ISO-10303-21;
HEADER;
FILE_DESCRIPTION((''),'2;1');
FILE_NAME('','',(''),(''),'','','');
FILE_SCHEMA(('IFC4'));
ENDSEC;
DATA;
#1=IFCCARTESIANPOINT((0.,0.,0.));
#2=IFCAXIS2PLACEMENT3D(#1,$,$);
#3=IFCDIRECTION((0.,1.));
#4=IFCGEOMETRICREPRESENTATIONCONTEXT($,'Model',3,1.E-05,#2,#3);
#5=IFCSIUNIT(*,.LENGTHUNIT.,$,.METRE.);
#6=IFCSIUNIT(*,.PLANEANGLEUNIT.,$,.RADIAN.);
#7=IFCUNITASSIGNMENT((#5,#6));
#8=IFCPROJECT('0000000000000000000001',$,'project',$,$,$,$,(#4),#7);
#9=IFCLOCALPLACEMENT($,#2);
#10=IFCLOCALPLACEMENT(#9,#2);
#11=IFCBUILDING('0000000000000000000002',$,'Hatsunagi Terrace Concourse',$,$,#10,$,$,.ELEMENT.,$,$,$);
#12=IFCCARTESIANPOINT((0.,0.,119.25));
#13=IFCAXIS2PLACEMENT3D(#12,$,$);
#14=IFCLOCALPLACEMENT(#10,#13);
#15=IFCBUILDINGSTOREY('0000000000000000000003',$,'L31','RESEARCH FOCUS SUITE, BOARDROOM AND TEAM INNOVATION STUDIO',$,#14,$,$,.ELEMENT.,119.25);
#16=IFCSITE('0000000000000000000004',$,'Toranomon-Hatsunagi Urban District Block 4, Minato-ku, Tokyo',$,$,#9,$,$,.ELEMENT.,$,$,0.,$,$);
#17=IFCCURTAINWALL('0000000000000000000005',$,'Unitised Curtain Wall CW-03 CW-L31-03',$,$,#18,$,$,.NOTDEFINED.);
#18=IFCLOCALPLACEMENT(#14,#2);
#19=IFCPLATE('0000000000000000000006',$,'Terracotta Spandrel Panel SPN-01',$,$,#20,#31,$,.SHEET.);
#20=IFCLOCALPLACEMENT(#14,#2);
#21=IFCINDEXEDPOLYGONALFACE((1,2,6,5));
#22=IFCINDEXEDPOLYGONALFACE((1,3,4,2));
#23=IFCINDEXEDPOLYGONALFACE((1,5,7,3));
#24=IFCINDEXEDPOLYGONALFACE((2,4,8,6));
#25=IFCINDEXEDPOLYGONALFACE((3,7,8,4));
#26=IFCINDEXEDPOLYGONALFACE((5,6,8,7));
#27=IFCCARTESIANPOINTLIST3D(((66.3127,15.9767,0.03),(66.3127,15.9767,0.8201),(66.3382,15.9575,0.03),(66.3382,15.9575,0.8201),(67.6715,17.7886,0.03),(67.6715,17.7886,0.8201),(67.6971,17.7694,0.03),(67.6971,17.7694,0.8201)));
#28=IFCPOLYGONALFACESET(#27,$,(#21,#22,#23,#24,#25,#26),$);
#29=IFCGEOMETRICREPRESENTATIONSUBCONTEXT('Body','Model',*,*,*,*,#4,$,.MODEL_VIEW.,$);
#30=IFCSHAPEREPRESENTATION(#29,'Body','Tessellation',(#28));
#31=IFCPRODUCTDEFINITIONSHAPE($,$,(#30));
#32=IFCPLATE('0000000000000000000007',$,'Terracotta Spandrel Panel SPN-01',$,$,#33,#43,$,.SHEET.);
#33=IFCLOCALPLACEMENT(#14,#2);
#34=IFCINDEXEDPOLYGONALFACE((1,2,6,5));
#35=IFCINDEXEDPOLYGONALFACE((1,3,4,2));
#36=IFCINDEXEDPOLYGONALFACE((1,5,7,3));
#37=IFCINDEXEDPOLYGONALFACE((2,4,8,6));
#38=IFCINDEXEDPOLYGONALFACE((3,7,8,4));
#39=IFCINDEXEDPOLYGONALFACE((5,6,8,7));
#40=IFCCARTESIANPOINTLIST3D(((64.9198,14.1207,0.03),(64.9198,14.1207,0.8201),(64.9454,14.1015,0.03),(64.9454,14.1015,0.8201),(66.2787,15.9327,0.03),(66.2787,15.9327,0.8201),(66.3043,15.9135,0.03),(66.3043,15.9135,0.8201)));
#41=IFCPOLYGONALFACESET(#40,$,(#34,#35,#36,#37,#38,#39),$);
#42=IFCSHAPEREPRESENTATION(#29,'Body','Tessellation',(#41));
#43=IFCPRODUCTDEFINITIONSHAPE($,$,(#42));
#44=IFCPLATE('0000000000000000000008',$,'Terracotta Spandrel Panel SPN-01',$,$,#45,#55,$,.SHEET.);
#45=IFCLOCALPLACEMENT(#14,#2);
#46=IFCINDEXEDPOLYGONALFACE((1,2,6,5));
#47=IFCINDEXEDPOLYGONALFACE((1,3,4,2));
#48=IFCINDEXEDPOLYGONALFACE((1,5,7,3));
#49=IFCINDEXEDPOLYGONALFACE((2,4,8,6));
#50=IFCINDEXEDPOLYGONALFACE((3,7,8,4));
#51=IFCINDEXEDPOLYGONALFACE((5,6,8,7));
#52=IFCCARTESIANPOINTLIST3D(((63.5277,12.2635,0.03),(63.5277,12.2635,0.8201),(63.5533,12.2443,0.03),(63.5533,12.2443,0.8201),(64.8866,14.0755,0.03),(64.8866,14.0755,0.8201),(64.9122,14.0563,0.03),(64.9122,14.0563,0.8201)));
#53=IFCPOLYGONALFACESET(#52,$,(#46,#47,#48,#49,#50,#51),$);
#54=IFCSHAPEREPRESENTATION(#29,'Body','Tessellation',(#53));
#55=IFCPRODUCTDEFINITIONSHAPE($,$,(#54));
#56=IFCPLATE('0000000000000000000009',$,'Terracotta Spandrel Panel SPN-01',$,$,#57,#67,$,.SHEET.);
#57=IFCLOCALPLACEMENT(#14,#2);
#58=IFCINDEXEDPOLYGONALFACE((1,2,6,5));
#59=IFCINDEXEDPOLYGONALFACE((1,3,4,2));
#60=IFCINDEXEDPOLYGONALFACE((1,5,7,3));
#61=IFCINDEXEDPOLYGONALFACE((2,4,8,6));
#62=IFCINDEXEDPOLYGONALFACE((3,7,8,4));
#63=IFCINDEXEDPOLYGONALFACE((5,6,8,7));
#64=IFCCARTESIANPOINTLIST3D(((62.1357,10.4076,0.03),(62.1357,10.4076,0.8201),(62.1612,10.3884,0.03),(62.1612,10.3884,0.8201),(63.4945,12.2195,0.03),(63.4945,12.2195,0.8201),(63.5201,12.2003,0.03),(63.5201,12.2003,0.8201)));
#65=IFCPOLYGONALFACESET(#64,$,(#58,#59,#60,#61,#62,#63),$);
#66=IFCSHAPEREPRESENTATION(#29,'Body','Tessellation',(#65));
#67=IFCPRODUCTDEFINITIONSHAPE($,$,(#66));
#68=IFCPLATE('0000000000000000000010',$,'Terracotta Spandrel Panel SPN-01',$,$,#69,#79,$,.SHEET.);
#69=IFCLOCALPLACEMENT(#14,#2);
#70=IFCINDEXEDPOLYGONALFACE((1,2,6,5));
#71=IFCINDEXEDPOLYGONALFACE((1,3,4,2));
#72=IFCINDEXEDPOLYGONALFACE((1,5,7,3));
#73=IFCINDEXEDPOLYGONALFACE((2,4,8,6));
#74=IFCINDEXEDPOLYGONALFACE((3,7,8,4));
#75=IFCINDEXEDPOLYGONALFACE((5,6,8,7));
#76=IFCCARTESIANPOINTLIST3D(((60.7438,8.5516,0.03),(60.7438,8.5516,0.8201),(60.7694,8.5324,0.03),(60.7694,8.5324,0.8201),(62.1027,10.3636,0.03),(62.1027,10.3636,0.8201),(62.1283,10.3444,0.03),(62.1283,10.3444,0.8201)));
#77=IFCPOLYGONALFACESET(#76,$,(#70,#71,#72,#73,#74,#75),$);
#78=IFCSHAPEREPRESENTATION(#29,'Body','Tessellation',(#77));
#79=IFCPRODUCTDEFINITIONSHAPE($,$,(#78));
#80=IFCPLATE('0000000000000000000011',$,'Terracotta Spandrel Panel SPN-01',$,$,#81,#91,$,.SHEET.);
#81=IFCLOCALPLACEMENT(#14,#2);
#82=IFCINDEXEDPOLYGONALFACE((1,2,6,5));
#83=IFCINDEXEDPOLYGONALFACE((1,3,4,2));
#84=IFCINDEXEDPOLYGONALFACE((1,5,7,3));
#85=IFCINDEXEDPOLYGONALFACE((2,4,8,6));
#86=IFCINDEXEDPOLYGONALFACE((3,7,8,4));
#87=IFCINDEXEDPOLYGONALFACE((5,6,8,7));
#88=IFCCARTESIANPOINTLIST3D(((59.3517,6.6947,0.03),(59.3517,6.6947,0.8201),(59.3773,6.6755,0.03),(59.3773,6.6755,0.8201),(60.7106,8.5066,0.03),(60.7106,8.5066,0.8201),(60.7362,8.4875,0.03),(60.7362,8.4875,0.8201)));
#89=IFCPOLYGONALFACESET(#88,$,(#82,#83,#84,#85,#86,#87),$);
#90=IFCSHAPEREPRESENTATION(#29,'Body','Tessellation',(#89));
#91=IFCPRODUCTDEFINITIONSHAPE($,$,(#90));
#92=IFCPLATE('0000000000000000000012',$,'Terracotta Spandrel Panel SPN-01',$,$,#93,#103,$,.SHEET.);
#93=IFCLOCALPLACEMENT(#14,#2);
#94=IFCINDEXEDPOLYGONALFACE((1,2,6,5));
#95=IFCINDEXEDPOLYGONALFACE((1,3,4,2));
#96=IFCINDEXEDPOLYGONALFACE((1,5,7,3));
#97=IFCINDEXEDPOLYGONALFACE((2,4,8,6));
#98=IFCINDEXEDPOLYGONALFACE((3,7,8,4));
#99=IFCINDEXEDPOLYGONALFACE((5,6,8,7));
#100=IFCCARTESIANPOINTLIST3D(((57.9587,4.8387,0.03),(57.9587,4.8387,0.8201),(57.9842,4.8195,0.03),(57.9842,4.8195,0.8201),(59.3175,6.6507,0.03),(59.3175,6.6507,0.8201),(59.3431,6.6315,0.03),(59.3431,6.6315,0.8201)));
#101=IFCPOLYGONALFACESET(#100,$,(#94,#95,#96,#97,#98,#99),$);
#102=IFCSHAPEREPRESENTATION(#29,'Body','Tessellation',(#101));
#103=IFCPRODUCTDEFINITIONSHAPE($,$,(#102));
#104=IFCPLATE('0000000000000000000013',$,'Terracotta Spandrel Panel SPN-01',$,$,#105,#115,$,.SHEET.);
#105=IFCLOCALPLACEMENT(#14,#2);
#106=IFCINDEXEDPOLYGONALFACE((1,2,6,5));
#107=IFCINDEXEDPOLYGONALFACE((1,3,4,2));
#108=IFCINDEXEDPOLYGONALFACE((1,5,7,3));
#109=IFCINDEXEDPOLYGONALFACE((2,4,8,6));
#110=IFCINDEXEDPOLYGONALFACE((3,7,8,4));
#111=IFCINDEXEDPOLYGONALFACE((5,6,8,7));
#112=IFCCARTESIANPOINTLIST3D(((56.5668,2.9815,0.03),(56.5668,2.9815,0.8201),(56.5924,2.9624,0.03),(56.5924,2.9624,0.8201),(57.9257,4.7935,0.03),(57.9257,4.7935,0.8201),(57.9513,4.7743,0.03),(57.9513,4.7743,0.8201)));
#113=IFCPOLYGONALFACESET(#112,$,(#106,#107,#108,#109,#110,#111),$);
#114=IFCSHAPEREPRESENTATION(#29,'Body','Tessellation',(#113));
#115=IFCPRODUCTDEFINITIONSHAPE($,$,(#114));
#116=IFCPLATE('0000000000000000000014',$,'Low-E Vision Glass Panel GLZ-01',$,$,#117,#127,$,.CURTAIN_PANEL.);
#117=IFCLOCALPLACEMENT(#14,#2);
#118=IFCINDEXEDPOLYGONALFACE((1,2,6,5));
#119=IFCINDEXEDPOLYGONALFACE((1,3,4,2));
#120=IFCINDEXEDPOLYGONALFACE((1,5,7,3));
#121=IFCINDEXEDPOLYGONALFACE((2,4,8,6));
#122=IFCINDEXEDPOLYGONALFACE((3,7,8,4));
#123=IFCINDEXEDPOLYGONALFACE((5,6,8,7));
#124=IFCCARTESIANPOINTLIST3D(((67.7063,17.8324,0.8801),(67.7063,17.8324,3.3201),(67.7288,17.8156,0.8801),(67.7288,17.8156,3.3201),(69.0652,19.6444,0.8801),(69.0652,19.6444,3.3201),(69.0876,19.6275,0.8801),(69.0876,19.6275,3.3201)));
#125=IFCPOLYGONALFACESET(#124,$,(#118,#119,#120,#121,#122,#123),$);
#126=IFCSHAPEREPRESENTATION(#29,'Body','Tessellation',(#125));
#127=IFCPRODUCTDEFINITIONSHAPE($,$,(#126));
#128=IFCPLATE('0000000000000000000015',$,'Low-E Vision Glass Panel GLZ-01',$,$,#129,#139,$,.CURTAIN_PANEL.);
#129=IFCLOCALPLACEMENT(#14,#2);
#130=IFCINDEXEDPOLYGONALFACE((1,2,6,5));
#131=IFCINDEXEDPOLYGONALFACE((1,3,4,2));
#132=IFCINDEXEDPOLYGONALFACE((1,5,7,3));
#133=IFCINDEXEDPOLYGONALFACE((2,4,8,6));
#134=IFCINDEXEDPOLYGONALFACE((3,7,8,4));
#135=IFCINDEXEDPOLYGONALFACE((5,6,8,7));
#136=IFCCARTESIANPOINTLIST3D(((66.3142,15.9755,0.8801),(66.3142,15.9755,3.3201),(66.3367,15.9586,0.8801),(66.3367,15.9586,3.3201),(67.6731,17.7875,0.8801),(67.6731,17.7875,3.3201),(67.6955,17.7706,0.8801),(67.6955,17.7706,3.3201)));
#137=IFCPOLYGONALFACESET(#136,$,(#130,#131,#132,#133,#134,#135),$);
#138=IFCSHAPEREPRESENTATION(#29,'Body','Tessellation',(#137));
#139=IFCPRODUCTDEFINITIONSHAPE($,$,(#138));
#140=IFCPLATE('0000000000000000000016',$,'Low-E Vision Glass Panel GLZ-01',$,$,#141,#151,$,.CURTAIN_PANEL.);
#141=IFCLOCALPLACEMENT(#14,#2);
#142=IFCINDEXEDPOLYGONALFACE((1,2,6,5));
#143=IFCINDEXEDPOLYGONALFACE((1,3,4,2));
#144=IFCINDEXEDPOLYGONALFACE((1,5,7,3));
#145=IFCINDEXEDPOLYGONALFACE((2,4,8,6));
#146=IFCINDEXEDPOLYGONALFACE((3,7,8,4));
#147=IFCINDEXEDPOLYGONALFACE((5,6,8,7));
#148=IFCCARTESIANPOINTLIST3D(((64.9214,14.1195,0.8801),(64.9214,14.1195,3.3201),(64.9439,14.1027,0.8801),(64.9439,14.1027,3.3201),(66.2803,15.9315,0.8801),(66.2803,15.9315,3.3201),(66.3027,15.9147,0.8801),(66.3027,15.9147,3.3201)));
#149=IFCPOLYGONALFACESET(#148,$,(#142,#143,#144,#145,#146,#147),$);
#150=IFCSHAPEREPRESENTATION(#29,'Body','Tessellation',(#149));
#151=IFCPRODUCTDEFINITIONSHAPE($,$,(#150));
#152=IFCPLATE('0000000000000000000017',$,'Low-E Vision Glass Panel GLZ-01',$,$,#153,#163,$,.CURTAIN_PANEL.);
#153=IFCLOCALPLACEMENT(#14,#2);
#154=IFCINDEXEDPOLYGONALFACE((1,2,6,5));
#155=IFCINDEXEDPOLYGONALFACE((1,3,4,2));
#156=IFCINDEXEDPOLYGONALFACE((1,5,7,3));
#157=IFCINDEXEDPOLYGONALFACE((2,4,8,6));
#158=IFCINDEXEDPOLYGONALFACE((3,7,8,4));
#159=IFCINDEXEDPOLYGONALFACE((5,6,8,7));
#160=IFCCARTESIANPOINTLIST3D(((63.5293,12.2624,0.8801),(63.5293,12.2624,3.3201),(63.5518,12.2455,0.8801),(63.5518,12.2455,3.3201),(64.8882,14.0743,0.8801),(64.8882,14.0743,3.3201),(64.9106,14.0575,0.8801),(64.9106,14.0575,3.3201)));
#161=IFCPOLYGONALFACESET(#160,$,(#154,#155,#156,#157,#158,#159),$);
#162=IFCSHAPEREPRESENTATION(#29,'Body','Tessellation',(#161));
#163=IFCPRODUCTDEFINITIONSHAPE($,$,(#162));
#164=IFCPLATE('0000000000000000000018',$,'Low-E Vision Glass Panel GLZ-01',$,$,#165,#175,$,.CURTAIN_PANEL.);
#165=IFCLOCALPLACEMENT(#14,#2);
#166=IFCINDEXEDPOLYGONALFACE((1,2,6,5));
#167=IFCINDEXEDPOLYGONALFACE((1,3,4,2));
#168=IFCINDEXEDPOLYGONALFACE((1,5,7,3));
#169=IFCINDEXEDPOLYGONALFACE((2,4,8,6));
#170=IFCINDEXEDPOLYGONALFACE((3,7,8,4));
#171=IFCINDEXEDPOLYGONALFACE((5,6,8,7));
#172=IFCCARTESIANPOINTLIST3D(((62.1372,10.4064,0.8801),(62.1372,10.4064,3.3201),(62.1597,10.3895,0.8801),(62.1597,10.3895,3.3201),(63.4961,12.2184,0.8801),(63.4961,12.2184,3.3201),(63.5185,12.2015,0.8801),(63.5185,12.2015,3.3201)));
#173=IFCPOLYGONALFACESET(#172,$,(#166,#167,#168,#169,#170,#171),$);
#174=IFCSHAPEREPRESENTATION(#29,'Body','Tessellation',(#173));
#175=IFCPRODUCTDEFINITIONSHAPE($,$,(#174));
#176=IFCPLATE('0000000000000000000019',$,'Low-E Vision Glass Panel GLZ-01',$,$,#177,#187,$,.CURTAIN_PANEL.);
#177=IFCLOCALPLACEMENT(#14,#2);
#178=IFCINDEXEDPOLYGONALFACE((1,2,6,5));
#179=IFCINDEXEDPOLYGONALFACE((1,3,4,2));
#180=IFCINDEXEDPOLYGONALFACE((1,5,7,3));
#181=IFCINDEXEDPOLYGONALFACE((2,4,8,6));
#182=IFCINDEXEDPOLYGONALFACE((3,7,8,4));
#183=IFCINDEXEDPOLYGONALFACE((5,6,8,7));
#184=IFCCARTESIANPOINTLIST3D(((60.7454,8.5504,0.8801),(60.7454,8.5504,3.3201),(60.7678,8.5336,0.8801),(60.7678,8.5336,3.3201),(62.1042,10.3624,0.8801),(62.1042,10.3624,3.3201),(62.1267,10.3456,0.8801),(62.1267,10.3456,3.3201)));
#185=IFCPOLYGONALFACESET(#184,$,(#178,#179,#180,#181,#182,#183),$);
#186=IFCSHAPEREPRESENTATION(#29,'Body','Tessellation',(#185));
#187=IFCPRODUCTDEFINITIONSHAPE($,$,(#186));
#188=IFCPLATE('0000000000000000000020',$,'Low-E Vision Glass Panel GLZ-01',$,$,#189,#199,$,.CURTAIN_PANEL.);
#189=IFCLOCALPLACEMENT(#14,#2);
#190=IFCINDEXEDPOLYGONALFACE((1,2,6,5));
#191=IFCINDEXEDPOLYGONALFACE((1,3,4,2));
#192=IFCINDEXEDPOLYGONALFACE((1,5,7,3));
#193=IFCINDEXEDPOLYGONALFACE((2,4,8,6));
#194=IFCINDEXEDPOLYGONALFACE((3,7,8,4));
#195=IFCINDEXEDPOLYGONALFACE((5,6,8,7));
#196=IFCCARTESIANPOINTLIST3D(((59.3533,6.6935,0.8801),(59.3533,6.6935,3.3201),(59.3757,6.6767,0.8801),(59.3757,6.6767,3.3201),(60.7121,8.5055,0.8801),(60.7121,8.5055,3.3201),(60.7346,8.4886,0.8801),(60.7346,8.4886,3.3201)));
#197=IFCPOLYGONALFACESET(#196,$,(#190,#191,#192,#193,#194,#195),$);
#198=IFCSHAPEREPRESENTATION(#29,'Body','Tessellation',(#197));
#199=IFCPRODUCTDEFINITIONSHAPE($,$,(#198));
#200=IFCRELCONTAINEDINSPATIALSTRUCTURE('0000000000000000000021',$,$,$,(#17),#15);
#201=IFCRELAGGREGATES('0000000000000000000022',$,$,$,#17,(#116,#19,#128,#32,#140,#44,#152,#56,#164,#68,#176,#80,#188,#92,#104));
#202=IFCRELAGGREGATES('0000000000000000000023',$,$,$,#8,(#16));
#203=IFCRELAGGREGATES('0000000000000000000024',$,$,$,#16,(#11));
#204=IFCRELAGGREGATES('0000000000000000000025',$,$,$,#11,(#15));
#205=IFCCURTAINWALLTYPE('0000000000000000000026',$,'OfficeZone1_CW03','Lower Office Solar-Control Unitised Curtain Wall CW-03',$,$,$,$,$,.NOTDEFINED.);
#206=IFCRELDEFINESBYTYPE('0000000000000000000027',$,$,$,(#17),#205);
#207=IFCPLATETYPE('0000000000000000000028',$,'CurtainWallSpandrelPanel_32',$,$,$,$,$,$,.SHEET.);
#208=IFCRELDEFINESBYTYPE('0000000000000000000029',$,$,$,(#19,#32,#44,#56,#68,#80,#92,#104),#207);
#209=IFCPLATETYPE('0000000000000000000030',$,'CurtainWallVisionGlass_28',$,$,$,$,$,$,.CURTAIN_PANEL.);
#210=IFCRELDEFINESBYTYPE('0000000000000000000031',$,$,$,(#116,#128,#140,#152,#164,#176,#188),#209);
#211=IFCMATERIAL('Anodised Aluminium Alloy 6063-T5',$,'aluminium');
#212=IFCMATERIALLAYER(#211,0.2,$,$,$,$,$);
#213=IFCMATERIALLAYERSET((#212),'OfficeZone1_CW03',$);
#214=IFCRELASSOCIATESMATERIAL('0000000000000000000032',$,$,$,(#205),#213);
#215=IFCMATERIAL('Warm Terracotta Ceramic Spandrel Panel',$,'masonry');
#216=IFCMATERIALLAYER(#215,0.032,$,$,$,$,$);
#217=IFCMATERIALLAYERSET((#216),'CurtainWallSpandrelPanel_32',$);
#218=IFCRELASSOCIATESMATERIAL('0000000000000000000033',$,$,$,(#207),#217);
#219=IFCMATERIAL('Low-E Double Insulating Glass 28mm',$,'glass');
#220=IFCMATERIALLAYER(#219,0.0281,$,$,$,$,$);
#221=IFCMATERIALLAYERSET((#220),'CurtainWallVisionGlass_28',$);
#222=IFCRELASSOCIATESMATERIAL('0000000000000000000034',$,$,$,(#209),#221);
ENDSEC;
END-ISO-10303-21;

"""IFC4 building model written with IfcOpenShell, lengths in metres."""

from ifc_helpers import new_model, si_unit, direction, frame, origin, origin_2d, place, context, subcontext, project, spatial, rectangle, extrude, material, layer, layer_set, type_object, element, aggregate, save


model = new_model("IFC4")

# Units and contexts
model_context = context("Model", 3, precision=1e-05, world=origin(), true_north=direction((0.0, 1.0)))
body_context = subcontext(model_context, "Body", "Model", "MODEL_VIEW")
ifc_project = project(units=[si_unit("LENGTHUNIT", "METRE"), si_unit("PLANEANGLEUNIT", "RADIAN")], contexts=[model_context])

# Site, building, storey
site_placement = place(None, origin())
site = spatial("IfcSite", under=ifc_project, at=site_placement, Name="Toranomon-Hatsunagi Urban District Block 4, Minato-ku, Tokyo", CompositionType="ELEMENT", RefElevation=0.0)
building_placement = place(site_placement, origin())
building = spatial("IfcBuilding", under=site, at=building_placement, Name="Hatsunagi Terrace Concourse", CompositionType="ELEMENT")
storey_placement = place(building_placement, frame((0.0, 0.0, 119.25)))
storey = spatial("IfcBuildingStorey", under=building, at=storey_placement, Name="L31", Description="RESEARCH FOCUS SUITE, BOARDROOM AND TEAM INNOVATION STUDIO", CompositionType="ELEMENT", Elevation=119.25)

# Curtain wall
ifc_material_1 = material(Name="Anodised Aluminium Alloy 6063-T5", Category="aluminium")
ifc_layer_1 = layer(ifc_material_1, 0.2)
ifc_layer_set_1 = layer_set([ifc_layer_1], Name="OfficeZone1_CW03")
curtain_wall_type = type_object("IfcCurtainWallType", Name="OfficeZone1_CW03", Description="Lower Office Solar-Control Unitised Curtain Wall CW-03", PredefinedType="NOTDEFINED", material=ifc_layer_set_1)
curtain_wall_placement = place(storey_placement, origin())
curtain_wall = element("IfcCurtainWall", 1, at=curtain_wall_placement, inside=storey, type_object=curtain_wall_type, Name="Unitised Curtain Wall CW-03 CW-L31-03", PredefinedType="NOTDEFINED")

# Plates
ifc_material_2 = material(Name="Warm Terracotta Ceramic Spandrel Panel", Category="masonry")
ifc_layer_2 = layer(ifc_material_2, 0.032)
ifc_layer_set_2 = layer_set([ifc_layer_2], Name="CurtainWallSpandrelPanel_32")
plate_type_1 = type_object("IfcPlateType", Name="CurtainWallSpandrelPanel_32", PredefinedType="SHEET", material=ifc_layer_set_2)
plate_1_placement = place(storey_placement, frame((67.0049, 16.873, 0.03), z_axis=(0.0, 0.0, 1.0), x_axis=(-0.599969, -0.800023, 0.0)))
plate_1 = element("IfcPlate", 2, at=plate_1_placement, type_object=plate_type_1, Name="Terracotta Spandrel Panel SPN-01", PredefinedType="SHEET", context=body_context, shape_type="SweptSolid", body=[
    extrude(rectangle(XDim=2.2649, YDim=0.032, at=origin_2d()), origin(), (0.0, 0.0, 1.0), 0.79),
])
plate_2_placement = place(storey_placement, frame((65.6121, 15.0171, 0.03), z_axis=(0.0, 0.0, 1.0), x_axis=(-0.599969, -0.800023, 0.0)))
plate_2 = element("IfcPlate", 3, at=plate_2_placement, type_object=plate_type_1, Name="Terracotta Spandrel Panel SPN-01", PredefinedType="SHEET", context=body_context, shape_type="SweptSolid", body=[
    extrude(rectangle(XDim=2.2649, YDim=0.032, at=origin_2d()), origin(), (0.0, 0.0, 1.0), 0.79),
])
plate_3_placement = place(storey_placement, frame((64.22, 13.1599, 0.03), z_axis=(0.0, 0.0, 1.0), x_axis=(-0.599969, -0.800023, 0.0)))
plate_3 = element("IfcPlate", 4, at=plate_3_placement, type_object=plate_type_1, Name="Terracotta Spandrel Panel SPN-01", PredefinedType="SHEET", context=body_context, shape_type="SweptSolid", body=[
    extrude(rectangle(XDim=2.2649, YDim=0.032, at=origin_2d()), origin(), (0.0, 0.0, 1.0), 0.79),
])
plate_4_placement = place(storey_placement, frame((62.8279, 11.304, 0.03), z_axis=(0.0, 0.0, 1.0), x_axis=(-0.599969, -0.800023, 0.0)))
plate_4 = element("IfcPlate", 5, at=plate_4_placement, type_object=plate_type_1, Name="Terracotta Spandrel Panel SPN-01", PredefinedType="SHEET", context=body_context, shape_type="SweptSolid", body=[
    extrude(rectangle(XDim=2.2649, YDim=0.032, at=origin_2d()), origin(), (0.0, 0.0, 1.0), 0.79),
])
plate_5_placement = place(storey_placement, frame((61.436, 9.448, 0.03), z_axis=(0.0, 0.0, 1.0), x_axis=(-0.599969, -0.800023, 0.0)))
plate_5 = element("IfcPlate", 6, at=plate_5_placement, type_object=plate_type_1, Name="Terracotta Spandrel Panel SPN-01", PredefinedType="SHEET", context=body_context, shape_type="SweptSolid", body=[
    extrude(rectangle(XDim=2.2649, YDim=0.032, at=origin_2d()), origin(), (0.0, 0.0, 1.0), 0.79),
])
plate_6_placement = place(storey_placement, frame((60.0439, 7.5911, 0.03), z_axis=(0.0, 0.0, 1.0), x_axis=(-0.599969, -0.800023, 0.0)))
plate_6 = element("IfcPlate", 7, at=plate_6_placement, type_object=plate_type_1, Name="Terracotta Spandrel Panel SPN-01", PredefinedType="SHEET", context=body_context, shape_type="SweptSolid", body=[
    extrude(rectangle(XDim=2.2649, YDim=0.032, at=origin_2d()), origin(), (0.0, 0.0, 1.0), 0.79),
])
plate_7_placement = place(storey_placement, frame((58.6509, 5.7351, 0.03), z_axis=(0.0, 0.0, 1.0), x_axis=(-0.599969, -0.800023, 0.0)))
plate_7 = element("IfcPlate", 8, at=plate_7_placement, type_object=plate_type_1, Name="Terracotta Spandrel Panel SPN-01", PredefinedType="SHEET", context=body_context, shape_type="SweptSolid", body=[
    extrude(rectangle(XDim=2.2649, YDim=0.032, at=origin_2d()), origin(), (0.0, 0.0, 1.0), 0.79),
])
plate_8_placement = place(storey_placement, frame((57.259, 3.8779, 0.03), z_axis=(0.0, 0.0, 1.0), x_axis=(-0.599969, -0.800023, 0.0)))
plate_8 = element("IfcPlate", 9, at=plate_8_placement, type_object=plate_type_1, Name="Terracotta Spandrel Panel SPN-01", PredefinedType="SHEET", context=body_context, shape_type="SweptSolid", body=[
    extrude(rectangle(XDim=2.2649, YDim=0.032, at=origin_2d()), origin(), (0.0, 0.0, 1.0), 0.79),
])
ifc_material_3 = material(Name="Low-E Double Insulating Glass 28mm", Category="glass")
ifc_layer_3 = layer(ifc_material_3, 0.0281)
ifc_layer_set_3 = layer_set([ifc_layer_3], Name="CurtainWallVisionGlass_28")
plate_type_2 = type_object("IfcPlateType", Name="CurtainWallVisionGlass_28", PredefinedType="CURTAIN_PANEL", material=ifc_layer_set_3)
plate_9_placement = place(storey_placement, frame((68.397, 18.73, 0.8801), z_axis=(0.0, 0.0, 1.0), x_axis=(-0.599969, -0.800023, 0.0)))
plate_9 = element("IfcPlate", 10, at=plate_9_placement, type_object=plate_type_2, Name="Low-E Vision Glass Panel GLZ-01", PredefinedType="CURTAIN_PANEL", context=body_context, shape_type="SweptSolid", body=[
    extrude(rectangle(XDim=2.2649, YDim=0.0281, at=origin_2d()), origin(), (0.0, 0.0, 1.0), 2.4399),
])
plate_10_placement = place(storey_placement, frame((67.0049, 16.873, 0.8801), z_axis=(0.0, 0.0, 1.0), x_axis=(-0.599969, -0.800023, 0.0)))
plate_10 = element("IfcPlate", 11, at=plate_10_placement, type_object=plate_type_2, Name="Low-E Vision Glass Panel GLZ-01", PredefinedType="CURTAIN_PANEL", context=body_context, shape_type="SweptSolid", body=[
    extrude(rectangle(XDim=2.2649, YDim=0.0281, at=origin_2d()), origin(), (0.0, 0.0, 1.0), 2.4399),
])
plate_11_placement = place(storey_placement, frame((65.6121, 15.0171, 0.8801), z_axis=(0.0, 0.0, 1.0), x_axis=(-0.599969, -0.800023, 0.0)))
plate_11 = element("IfcPlate", 12, at=plate_11_placement, type_object=plate_type_2, Name="Low-E Vision Glass Panel GLZ-01", PredefinedType="CURTAIN_PANEL", context=body_context, shape_type="SweptSolid", body=[
    extrude(rectangle(XDim=2.2649, YDim=0.0281, at=origin_2d()), origin(), (0.0, 0.0, 1.0), 2.4399),
])
plate_12_placement = place(storey_placement, frame((64.22, 13.1599, 0.8801), z_axis=(0.0, 0.0, 1.0), x_axis=(-0.599969, -0.800023, 0.0)))
plate_12 = element("IfcPlate", 13, at=plate_12_placement, type_object=plate_type_2, Name="Low-E Vision Glass Panel GLZ-01", PredefinedType="CURTAIN_PANEL", context=body_context, shape_type="SweptSolid", body=[
    extrude(rectangle(XDim=2.2649, YDim=0.0281, at=origin_2d()), origin(), (0.0, 0.0, 1.0), 2.4399),
])
plate_13_placement = place(storey_placement, frame((62.8279, 11.304, 0.8801), z_axis=(0.0, 0.0, 1.0), x_axis=(-0.599969, -0.800023, 0.0)))
plate_13 = element("IfcPlate", 14, at=plate_13_placement, type_object=plate_type_2, Name="Low-E Vision Glass Panel GLZ-01", PredefinedType="CURTAIN_PANEL", context=body_context, shape_type="SweptSolid", body=[
    extrude(rectangle(XDim=2.2649, YDim=0.0281, at=origin_2d()), origin(), (0.0, 0.0, 1.0), 2.4399),
])
plate_14_placement = place(storey_placement, frame((61.436, 9.448, 0.8801), z_axis=(0.0, 0.0, 1.0), x_axis=(-0.599969, -0.800023, 0.0)))
plate_14 = element("IfcPlate", 15, at=plate_14_placement, type_object=plate_type_2, Name="Low-E Vision Glass Panel GLZ-01", PredefinedType="CURTAIN_PANEL", context=body_context, shape_type="SweptSolid", body=[
    extrude(rectangle(XDim=2.2649, YDim=0.0281, at=origin_2d()), origin(), (0.0, 0.0, 1.0), 2.4399),
])
plate_15_placement = place(storey_placement, frame((60.0439, 7.5911, 0.8801), z_axis=(0.0, 0.0, 1.0), x_axis=(-0.599969, -0.800023, 0.0)))
plate_15 = element("IfcPlate", 16, at=plate_15_placement, type_object=plate_type_2, Name="Low-E Vision Glass Panel GLZ-01", PredefinedType="CURTAIN_PANEL", context=body_context, shape_type="SweptSolid", body=[
    extrude(rectangle(XDim=2.2649, YDim=0.0281, at=origin_2d()), origin(), (0.0, 0.0, 1.0), 2.4399),
])
aggregate(curtain_wall, [plate_9, plate_1, plate_10, plate_2, plate_11, plate_3, plate_12, plate_4, plate_13, plate_5, plate_14, plate_6, plate_15, plate_7, plate_8])

save(model, "model.ifc")
